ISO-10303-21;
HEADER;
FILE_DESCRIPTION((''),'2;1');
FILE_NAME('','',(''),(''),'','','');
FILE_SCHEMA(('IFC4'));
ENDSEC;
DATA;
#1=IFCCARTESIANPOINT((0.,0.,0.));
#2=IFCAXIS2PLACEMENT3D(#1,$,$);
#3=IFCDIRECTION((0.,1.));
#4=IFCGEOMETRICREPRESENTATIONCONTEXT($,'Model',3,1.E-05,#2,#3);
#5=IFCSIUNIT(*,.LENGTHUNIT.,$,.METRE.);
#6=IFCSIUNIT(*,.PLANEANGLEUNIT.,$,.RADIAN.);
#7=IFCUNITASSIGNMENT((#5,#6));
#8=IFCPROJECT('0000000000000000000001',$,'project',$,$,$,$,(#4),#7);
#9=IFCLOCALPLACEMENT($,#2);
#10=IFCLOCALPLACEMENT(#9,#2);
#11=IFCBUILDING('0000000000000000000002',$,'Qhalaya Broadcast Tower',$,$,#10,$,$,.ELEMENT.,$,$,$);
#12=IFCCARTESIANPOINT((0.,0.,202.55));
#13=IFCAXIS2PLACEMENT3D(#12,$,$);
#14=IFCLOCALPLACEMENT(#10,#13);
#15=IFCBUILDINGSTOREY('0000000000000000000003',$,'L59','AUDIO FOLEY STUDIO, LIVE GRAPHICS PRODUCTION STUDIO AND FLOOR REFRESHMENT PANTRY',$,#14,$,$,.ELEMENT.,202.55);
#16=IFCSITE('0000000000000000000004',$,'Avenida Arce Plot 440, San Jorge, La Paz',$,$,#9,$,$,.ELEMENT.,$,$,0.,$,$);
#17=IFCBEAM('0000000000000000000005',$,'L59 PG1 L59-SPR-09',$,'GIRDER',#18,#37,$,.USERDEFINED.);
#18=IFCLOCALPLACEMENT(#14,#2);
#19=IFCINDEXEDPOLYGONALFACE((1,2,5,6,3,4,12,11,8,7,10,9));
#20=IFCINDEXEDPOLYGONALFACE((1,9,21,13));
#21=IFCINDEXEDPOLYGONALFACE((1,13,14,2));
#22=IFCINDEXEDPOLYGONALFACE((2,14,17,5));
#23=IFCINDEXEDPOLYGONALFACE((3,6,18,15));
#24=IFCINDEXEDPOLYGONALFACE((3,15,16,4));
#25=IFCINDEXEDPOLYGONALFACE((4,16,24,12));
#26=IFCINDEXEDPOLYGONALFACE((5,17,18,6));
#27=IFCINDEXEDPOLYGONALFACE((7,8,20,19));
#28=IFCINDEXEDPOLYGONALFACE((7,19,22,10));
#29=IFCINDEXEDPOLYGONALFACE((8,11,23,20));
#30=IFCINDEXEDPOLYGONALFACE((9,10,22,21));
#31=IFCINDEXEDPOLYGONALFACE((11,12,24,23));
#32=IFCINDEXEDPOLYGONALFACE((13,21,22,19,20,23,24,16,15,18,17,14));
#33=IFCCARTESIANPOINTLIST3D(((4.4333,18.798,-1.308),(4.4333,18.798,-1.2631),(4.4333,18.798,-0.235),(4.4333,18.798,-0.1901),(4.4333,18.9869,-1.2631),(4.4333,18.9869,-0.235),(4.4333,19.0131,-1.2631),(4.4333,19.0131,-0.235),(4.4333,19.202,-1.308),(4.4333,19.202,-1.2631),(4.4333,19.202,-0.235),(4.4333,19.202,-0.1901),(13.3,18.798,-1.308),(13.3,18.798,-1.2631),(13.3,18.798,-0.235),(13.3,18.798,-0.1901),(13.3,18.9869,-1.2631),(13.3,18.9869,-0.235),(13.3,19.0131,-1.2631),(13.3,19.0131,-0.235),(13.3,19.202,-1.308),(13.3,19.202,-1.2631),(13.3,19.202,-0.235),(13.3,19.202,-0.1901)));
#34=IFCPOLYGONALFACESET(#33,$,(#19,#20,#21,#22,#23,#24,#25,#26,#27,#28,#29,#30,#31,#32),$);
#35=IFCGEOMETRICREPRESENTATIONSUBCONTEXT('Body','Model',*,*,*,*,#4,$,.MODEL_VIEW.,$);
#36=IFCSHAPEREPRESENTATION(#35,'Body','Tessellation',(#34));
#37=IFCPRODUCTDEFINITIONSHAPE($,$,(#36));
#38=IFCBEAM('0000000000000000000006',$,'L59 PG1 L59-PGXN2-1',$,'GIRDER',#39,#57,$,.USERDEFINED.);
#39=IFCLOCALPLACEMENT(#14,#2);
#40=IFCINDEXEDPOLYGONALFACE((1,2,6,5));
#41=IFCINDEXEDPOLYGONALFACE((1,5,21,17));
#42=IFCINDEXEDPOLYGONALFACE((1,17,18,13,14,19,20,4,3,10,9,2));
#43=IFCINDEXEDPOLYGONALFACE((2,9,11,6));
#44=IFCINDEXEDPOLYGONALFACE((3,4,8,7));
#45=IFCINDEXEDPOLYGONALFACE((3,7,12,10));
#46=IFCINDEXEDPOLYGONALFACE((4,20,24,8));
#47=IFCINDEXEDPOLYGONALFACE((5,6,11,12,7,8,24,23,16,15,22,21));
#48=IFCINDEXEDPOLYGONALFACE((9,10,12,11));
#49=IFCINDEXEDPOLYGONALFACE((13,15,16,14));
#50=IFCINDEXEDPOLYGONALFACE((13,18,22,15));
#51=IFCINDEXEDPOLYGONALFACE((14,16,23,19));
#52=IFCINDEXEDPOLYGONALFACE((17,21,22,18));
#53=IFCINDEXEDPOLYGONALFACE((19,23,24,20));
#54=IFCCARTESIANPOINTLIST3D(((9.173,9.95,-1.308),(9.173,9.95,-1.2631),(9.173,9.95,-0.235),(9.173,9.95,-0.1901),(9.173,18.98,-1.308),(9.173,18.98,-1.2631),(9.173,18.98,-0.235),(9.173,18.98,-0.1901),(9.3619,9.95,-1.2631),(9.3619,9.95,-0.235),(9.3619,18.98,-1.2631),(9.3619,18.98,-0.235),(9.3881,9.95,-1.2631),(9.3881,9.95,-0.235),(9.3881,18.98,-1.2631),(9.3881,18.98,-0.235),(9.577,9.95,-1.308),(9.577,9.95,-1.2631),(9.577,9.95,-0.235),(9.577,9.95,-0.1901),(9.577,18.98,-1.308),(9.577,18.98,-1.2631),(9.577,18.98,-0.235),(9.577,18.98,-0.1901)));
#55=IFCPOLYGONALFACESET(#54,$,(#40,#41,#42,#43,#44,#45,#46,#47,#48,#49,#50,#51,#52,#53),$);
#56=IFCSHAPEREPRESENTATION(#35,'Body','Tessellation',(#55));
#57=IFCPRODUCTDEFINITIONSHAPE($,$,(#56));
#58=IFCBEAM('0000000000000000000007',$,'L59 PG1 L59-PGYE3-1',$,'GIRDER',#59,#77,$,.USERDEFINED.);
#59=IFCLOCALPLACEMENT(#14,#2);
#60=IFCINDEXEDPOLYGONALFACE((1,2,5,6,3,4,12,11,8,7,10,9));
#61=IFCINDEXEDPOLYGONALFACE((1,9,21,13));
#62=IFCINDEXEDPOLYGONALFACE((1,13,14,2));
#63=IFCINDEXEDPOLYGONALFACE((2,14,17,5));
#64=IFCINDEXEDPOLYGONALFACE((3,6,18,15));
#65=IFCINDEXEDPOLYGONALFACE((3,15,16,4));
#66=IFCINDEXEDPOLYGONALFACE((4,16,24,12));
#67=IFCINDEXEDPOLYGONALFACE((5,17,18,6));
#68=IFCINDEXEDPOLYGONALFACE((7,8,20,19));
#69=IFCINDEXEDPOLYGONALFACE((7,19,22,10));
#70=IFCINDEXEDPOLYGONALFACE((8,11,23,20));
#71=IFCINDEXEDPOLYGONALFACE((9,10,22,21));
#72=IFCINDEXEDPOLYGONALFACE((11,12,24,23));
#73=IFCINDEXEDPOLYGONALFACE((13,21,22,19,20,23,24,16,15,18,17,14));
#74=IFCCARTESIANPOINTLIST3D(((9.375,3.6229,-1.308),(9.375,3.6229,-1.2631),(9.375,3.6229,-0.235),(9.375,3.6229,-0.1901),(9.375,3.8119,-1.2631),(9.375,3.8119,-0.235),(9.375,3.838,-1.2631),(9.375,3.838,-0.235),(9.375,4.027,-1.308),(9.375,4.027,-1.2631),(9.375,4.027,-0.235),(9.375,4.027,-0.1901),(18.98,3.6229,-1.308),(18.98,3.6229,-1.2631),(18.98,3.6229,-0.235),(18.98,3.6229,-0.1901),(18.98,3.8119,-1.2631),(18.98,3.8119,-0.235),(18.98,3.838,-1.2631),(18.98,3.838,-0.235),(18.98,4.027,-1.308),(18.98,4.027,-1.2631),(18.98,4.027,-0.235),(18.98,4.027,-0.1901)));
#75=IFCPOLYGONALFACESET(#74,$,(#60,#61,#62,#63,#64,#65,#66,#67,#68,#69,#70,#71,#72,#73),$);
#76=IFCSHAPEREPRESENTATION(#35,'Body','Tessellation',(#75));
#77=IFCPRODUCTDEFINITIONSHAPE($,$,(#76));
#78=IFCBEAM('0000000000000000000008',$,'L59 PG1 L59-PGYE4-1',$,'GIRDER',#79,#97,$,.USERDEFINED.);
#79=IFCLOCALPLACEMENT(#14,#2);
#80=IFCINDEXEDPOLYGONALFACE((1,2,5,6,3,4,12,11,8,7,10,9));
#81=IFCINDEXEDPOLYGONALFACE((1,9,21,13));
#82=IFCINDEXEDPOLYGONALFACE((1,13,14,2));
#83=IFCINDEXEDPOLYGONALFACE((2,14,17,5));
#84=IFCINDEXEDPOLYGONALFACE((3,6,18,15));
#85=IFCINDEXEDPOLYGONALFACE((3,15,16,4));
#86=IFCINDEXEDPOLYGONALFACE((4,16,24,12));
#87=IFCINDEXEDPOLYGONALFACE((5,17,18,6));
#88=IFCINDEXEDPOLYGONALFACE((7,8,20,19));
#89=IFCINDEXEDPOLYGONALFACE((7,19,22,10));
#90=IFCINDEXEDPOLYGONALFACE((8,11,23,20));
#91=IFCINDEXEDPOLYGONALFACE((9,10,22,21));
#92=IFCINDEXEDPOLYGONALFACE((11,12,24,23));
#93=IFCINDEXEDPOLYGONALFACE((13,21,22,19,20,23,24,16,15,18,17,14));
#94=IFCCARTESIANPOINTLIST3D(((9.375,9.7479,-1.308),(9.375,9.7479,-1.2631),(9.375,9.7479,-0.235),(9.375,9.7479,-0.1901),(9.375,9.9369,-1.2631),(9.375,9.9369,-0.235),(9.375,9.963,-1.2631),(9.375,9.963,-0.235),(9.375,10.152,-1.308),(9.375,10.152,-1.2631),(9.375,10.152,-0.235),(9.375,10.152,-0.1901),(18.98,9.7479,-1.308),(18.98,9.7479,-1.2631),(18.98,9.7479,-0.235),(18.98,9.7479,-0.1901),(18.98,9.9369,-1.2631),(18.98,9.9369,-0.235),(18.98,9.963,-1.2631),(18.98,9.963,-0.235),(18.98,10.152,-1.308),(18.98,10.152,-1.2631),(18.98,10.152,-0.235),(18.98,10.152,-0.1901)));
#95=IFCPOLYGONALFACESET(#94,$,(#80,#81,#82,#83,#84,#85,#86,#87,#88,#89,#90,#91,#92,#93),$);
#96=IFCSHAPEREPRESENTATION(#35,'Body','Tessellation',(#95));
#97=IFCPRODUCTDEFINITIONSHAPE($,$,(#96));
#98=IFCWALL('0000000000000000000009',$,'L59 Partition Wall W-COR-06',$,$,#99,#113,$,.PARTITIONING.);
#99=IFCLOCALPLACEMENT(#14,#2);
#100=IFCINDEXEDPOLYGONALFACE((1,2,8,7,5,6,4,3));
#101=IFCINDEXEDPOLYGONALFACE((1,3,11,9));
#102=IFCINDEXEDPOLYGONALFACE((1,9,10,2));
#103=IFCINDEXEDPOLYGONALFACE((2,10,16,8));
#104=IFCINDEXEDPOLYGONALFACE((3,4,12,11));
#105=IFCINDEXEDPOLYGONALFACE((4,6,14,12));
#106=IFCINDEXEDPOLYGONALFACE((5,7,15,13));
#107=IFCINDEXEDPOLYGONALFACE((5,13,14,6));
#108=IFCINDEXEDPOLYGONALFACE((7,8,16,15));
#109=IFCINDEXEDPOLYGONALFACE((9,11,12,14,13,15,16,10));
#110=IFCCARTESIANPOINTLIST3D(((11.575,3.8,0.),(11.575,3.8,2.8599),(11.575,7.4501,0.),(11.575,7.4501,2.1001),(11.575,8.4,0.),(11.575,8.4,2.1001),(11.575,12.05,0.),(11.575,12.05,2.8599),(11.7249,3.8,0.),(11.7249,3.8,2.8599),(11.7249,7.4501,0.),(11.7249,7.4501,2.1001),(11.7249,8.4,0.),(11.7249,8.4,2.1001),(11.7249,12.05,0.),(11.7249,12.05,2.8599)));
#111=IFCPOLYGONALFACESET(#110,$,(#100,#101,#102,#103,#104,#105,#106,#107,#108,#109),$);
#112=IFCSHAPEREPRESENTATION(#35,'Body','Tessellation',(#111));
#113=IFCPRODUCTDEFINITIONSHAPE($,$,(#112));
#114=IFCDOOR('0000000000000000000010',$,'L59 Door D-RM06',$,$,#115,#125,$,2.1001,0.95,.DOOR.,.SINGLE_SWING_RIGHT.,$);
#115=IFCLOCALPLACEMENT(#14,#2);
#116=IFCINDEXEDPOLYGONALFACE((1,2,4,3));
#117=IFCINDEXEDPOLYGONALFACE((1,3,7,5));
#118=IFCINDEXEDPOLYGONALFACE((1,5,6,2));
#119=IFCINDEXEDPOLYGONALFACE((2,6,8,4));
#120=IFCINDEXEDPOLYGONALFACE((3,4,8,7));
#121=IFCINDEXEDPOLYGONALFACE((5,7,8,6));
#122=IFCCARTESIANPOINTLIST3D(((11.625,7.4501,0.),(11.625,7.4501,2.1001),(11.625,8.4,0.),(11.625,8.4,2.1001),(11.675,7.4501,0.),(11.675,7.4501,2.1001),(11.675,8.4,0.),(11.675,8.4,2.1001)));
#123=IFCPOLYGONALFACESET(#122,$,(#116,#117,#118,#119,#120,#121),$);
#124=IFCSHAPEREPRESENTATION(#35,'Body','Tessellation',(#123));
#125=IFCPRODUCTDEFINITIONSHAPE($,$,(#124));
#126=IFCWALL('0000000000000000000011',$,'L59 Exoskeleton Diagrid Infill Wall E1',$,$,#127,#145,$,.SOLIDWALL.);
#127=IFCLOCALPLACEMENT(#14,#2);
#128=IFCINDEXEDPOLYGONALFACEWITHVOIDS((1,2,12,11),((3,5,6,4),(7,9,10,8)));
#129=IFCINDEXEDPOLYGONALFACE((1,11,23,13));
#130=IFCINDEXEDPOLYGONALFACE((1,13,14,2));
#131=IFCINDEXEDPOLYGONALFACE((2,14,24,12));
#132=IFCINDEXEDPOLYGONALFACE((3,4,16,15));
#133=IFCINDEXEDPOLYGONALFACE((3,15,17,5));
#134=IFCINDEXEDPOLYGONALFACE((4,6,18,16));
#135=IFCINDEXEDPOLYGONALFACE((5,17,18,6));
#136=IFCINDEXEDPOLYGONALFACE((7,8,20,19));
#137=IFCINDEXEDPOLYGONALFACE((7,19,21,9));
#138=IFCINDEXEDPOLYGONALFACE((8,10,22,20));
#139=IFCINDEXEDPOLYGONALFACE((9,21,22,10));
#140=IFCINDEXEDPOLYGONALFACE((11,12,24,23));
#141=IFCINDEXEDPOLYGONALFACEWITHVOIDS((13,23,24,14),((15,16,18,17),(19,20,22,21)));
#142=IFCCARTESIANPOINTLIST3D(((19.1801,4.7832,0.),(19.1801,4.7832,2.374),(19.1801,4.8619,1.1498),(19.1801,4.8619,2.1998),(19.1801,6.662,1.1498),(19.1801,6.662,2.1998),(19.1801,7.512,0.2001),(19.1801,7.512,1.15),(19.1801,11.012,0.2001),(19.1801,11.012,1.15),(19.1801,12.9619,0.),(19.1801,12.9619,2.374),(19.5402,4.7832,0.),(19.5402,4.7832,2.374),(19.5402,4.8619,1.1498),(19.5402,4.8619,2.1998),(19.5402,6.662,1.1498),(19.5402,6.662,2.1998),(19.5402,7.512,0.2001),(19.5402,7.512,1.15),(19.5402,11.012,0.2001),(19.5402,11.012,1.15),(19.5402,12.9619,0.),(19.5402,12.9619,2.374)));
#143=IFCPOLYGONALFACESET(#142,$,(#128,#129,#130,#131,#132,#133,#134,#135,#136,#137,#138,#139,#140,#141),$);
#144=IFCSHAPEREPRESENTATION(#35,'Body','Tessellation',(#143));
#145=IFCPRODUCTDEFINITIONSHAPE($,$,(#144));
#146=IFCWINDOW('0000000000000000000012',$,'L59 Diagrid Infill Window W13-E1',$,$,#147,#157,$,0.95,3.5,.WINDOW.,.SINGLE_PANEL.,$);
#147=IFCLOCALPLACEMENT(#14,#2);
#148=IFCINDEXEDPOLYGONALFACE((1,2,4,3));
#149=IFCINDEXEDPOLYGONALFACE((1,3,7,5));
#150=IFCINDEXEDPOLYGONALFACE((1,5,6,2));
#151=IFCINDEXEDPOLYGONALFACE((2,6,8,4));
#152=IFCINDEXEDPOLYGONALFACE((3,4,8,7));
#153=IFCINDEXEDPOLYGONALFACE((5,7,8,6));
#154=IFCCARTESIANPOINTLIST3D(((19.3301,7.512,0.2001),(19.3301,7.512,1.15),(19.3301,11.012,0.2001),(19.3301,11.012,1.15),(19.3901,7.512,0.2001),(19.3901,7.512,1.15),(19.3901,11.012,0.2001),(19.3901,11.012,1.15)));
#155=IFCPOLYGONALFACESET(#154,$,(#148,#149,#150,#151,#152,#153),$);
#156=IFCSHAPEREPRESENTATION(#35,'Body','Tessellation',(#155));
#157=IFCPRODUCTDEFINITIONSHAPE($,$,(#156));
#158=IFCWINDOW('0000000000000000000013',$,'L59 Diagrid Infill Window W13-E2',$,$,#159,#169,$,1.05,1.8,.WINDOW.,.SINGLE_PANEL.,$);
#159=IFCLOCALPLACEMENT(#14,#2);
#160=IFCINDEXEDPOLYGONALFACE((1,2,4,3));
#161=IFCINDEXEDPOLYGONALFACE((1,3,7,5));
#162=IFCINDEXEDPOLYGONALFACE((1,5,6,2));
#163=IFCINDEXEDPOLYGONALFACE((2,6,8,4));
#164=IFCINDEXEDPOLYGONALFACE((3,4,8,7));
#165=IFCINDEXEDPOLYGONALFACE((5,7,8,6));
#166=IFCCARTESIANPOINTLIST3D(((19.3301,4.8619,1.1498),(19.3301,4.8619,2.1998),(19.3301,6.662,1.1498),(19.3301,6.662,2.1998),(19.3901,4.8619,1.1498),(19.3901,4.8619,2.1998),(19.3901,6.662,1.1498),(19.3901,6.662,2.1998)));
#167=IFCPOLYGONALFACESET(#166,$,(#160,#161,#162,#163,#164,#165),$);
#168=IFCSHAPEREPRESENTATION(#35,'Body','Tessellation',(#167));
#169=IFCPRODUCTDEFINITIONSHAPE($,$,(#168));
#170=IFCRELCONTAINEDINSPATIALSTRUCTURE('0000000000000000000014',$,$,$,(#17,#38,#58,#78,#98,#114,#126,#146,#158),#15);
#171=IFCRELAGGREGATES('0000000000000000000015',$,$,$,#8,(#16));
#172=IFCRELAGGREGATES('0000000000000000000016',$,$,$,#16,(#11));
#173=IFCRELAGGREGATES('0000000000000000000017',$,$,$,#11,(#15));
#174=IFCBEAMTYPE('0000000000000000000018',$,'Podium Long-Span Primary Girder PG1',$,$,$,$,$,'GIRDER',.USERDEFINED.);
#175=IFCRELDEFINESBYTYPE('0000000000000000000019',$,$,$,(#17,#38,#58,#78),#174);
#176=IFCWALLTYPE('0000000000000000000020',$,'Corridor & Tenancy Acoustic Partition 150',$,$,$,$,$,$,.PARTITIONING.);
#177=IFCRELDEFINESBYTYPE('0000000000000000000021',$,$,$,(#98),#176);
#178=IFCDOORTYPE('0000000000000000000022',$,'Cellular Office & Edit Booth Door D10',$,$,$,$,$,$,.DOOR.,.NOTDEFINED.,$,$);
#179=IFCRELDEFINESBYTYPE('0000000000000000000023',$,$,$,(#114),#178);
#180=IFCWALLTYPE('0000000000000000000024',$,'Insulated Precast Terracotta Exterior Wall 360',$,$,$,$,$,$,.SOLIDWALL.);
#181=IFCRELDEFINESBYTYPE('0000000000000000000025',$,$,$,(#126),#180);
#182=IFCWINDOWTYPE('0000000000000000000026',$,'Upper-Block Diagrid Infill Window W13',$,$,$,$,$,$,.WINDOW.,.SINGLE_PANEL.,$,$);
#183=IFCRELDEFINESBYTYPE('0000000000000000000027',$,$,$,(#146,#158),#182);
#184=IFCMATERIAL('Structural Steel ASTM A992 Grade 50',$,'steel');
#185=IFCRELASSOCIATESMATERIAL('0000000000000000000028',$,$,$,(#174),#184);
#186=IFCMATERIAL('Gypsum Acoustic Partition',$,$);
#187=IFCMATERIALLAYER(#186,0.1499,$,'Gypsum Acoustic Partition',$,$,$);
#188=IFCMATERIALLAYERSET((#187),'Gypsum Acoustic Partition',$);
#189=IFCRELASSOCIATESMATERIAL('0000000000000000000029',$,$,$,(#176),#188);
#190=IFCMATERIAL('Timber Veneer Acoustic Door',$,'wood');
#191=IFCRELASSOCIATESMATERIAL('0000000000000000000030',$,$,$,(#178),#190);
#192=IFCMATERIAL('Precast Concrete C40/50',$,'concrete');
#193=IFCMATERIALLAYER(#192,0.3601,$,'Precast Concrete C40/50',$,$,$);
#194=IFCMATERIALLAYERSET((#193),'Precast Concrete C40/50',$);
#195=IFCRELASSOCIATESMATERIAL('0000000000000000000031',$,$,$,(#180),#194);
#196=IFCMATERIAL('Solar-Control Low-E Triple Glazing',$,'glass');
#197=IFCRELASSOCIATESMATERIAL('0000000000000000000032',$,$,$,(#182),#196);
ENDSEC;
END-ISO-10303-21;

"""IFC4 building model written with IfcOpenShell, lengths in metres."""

from ifc_helpers import new_model, si_unit, direction, frame, frame_2d, origin, origin_2d, place, context, subcontext, project, spatial, rectangle, i_section, extrude, material, layer, layer_set, material_profile, profile_set, type_object, element, fill, save


model = new_model("IFC4")

# Units and contexts
model_context = context("Model", 3, precision=1e-05, world=origin(), true_north=direction((0.0, 1.0)))
body_context = subcontext(model_context, "Body", "Model", "MODEL_VIEW")
ifc_project = project(units=[si_unit("LENGTHUNIT", "METRE"), si_unit("PLANEANGLEUNIT", "RADIAN")], contexts=[model_context])

# Site, building, storey
site_placement = place(None, origin())
site = spatial("IfcSite", under=ifc_project, at=site_placement, Name="Avenida Arce Plot 440, San Jorge, La Paz", CompositionType="ELEMENT", RefElevation=0.0)
building_placement = place(site_placement, origin())
building = spatial("IfcBuilding", under=site, at=building_placement, Name="Qhalaya Broadcast Tower", CompositionType="ELEMENT")
storey_placement = place(building_placement, frame((0.0, 0.0, 202.55)))
storey = spatial("IfcBuildingStorey", under=building, at=storey_placement, Name="L59", Description="AUDIO FOLEY STUDIO, LIVE GRAPHICS PRODUCTION STUDIO AND FLOOR REFRESHMENT PANTRY", CompositionType="ELEMENT", Elevation=202.55)

# Beams
ifc_material_1 = material(Name="Structural Steel ASTM A992 Grade 50", Category="steel")
ifc_material_profile_1 = material_profile(ifc_material_1, i_section(OverallWidth=0.4041, OverallDepth=1.1179, WebThickness=0.0261, FlangeThickness=0.0449, at=origin_2d()), Name="W44X335")
ifc_profile_set_1 = profile_set([ifc_material_profile_1], Name="Structural Steel ASTM A992 Grade 50")
beam_type_1 = type_object("IfcBeamType", Name="Podium Long-Span Primary Girder PG1", ElementType="GIRDER", PredefinedType="USERDEFINED", material=ifc_profile_set_1)
beam_1_placement = place(storey_placement, frame((13.3, 19.0, -0.749), z_axis=(-1.0, 0.0, 0.0), x_axis=(0.0, -1.0, 0.0)))
element("IfcBeam", 1, at=beam_1_placement, inside=storey, type_object=beam_type_1, Name="L59 PG1 L59-SPR-09", ObjectType="GIRDER", PredefinedType="USERDEFINED", context=body_context, shape_type="SweptSolid", body=[
    extrude(i_section(OverallWidth=0.4041, OverallDepth=1.1179, WebThickness=0.0261, FlangeThickness=0.0449, at=origin_2d()), origin(), (0.0, 0.0, 1.0), 8.8667),
])
beam_2_placement = place(storey_placement, frame((9.375, 9.95, -0.749), z_axis=(0.0, 1.0, 0.0), x_axis=(-1.0, 0.0, 0.0)))
element("IfcBeam", 2, at=beam_2_placement, inside=storey, type_object=beam_type_1, Name="L59 PG1 L59-PGXN2-1", ObjectType="GIRDER", PredefinedType="USERDEFINED", context=body_context, shape_type="SweptSolid", body=[
    extrude(i_section(OverallWidth=0.4041, OverallDepth=1.1179, WebThickness=0.0261, FlangeThickness=0.0449, at=origin_2d()), origin(), (0.0, 0.0, 1.0), 9.03),
])
for number, where, z_axis, x_axis, name in (
    (3, (9.375, 3.825, -0.749), (1.0, 0.0, 0.0), (0.0, 1.0, 0.0), "L59 PG1 L59-PGYE3-1"),
    (4, (9.375, 9.95, -0.749), (1.0, 0.0, 0.0), (0.0, 1.0, 0.0), "L59 PG1 L59-PGYE4-1"),
):
    element("IfcBeam", number, at=place(storey_placement, frame(where, z_axis=z_axis, x_axis=x_axis)), inside=storey, type_object=beam_type_1, Name=name, ObjectType="GIRDER", PredefinedType="USERDEFINED", context=body_context, shape_type="SweptSolid", body=[
        extrude(i_section(OverallWidth=0.4041, OverallDepth=1.1179, WebThickness=0.0261, FlangeThickness=0.0449, at=origin_2d()), origin(), (0.0, 0.0, 1.0), 9.605),
    ])

# Wall, opening, door
ifc_material_2 = material(Name="Gypsum Acoustic Partition")
ifc_layer_1 = layer(ifc_material_2, 0.1499, Name="Gypsum Acoustic Partition")
ifc_layer_set_1 = layer_set([ifc_layer_1], Name="Gypsum Acoustic Partition")
wall_type_1 = type_object("IfcWallType", Name="Corridor & Tenancy Acoustic Partition 150", PredefinedType="PARTITIONING", material=ifc_layer_set_1)
wall_1_placement = place(storey_placement, frame((11.6499, 3.8, 0.0), z_axis=(0.0, 0.0, 1.0), x_axis=(0.0, 1.0, 0.0)))
wall_1 = element("IfcWall", 5, at=wall_1_placement, inside=storey, type_object=wall_type_1, Name="L59 Partition Wall W-COR-06", PredefinedType="PARTITIONING", context=body_context, shape_type="SweptSolid", body=[
    extrude(rectangle(XDim=8.25, YDim=0.1499, at=frame_2d((4.125, 0.0))), origin(), (0.0, 0.0, 1.0), 2.8599),
])
opening_1_placement = place(wall_1_placement, frame((3.6499, 0.0, 0.0)))
opening_1 = element("IfcOpeningElement", 6, at=opening_1_placement, cuts=wall_1, PredefinedType="OPENING", context=body_context, shape_type="SweptSolid", body=[
    extrude(rectangle(XDim=0.95, YDim=2.1001, at=frame_2d((0.4751, 1.05))), frame((0.0, 0.0869, 0.0), z_axis=(0.0, -1.0, 0.0), x_axis=(1.0, 0.0, 0.0)), (0.0, 0.0, 1.0), 0.1738),
])
ifc_material_3 = material(Name="Timber Veneer Acoustic Door", Category="wood")
door_type_1 = type_object("IfcDoorType", Name="Cellular Office & Edit Booth Door D10", OperationType="NOTDEFINED", PredefinedType="DOOR", material=ifc_material_3)
door_1_placement = place(opening_1_placement, origin())
door_1 = element("IfcDoor", 7, at=door_1_placement, inside=storey, type_object=door_type_1, Name="L59 Door D-RM06", OperationType="SINGLE_SWING_RIGHT", OverallHeight=2.1001, OverallWidth=0.95, PredefinedType="DOOR", context=body_context, shape_type="SweptSolid", body=[
    extrude(rectangle(XDim=0.95, YDim=2.1001, at=frame_2d((0.4751, 1.05))), frame((0.0, 0.0249, 0.0), z_axis=(0.0, -1.0, 0.0), x_axis=(1.0, 0.0, 0.0)), (0.0, 0.0, 1.0), 0.05),
])
fill(opening_1, door_1)

# Wall, openings, windows
ifc_material_4 = material(Name="Precast Concrete C40/50", Category="concrete")
ifc_layer_2 = layer(ifc_material_4, 0.3601, Name="Precast Concrete C40/50")
ifc_layer_set_2 = layer_set([ifc_layer_2], Name="Precast Concrete C40/50")
wall_type_2 = type_object("IfcWallType", Name="Insulated Precast Terracotta Exterior Wall 360", PredefinedType="SOLIDWALL", material=ifc_layer_set_2)
wall_2_placement = place(storey_placement, frame((19.3601, 12.9619, 0.0), z_axis=(0.0, 0.0, 1.0), x_axis=(0.0, -1.0, 0.0)))
wall_2 = element("IfcWall", 8, at=wall_2_placement, inside=storey, type_object=wall_type_2, Name="L59 Exoskeleton Diagrid Infill Wall E1", PredefinedType="SOLIDWALL", context=body_context, shape_type="SweptSolid", body=[
    extrude(rectangle(XDim=8.1787, YDim=0.3601, at=frame_2d((4.0894, 0.0))), origin(), (0.0, 0.0, 1.0), 2.374),
])
opening_2_placement = place(wall_2_placement, frame((1.95, 0.0, 0.2)))
opening_2 = element("IfcOpeningElement", 9, at=opening_2_placement, cuts=wall_2, PredefinedType="OPENING", context=body_context, shape_type="SweptSolid", body=[
    extrude(rectangle(XDim=3.5, YDim=0.95, at=frame_2d((1.75, 0.4751))), frame((0.0, 0.1921, 0.0), z_axis=(0.0, -1.0, 0.0), x_axis=(1.0, 0.0, 0.0)), (0.0, 0.0, 1.0), 0.384),
])
opening_3_placement = place(wall_2_placement, frame((6.3, 0.0, 1.1499)))
opening_3 = element("IfcOpeningElement", 10, at=opening_3_placement, cuts=wall_2, PredefinedType="OPENING", context=body_context, shape_type="SweptSolid", body=[
    extrude(rectangle(XDim=1.8, YDim=1.05, at=frame_2d((0.8999, 0.5249))), frame((0.0, 0.1921, 0.0), z_axis=(0.0, -1.0, 0.0), x_axis=(1.0, 0.0, 0.0)), (0.0, 0.0, 1.0), 0.384),
])
ifc_material_5 = material(Name="Solar-Control Low-E Triple Glazing", Category="glass")
window_type = type_object("IfcWindowType", Name="Upper-Block Diagrid Infill Window W13", PartitioningType="SINGLE_PANEL", PredefinedType="WINDOW", material=ifc_material_5)
window_1_placement = place(opening_2_placement, origin())
window_1 = element("IfcWindow", 11, at=window_1_placement, inside=storey, type_object=window_type, Name="L59 Diagrid Infill Window W13-E1", OverallHeight=0.95, OverallWidth=3.5, PartitioningType="SINGLE_PANEL", PredefinedType="WINDOW", context=body_context, shape_type="SweptSolid", body=[
    extrude(rectangle(XDim=3.5, YDim=0.95, at=frame_2d((1.75, 0.4751))), frame((0.0, 0.03, 0.0), z_axis=(0.0, -1.0, 0.0), x_axis=(1.0, 0.0, 0.0)), (0.0, 0.0, 1.0), 0.0601),
])
fill(opening_2, window_1)
window_2_placement = place(opening_3_placement, origin())
window_2 = element("IfcWindow", 12, at=window_2_placement, inside=storey, type_object=window_type, Name="L59 Diagrid Infill Window W13-E2", OverallHeight=1.05, OverallWidth=1.8, PartitioningType="SINGLE_PANEL", PredefinedType="WINDOW", context=body_context, shape_type="SweptSolid", body=[
    extrude(rectangle(XDim=1.8, YDim=1.05, at=frame_2d((0.8999, 0.5249))), frame((0.0, 0.03, 0.0), z_axis=(0.0, -1.0, 0.0), x_axis=(1.0, 0.0, 0.0)), (0.0, 0.0, 1.0), 0.0601),
])
fill(opening_3, window_2)

save(model, "model.ifc")
